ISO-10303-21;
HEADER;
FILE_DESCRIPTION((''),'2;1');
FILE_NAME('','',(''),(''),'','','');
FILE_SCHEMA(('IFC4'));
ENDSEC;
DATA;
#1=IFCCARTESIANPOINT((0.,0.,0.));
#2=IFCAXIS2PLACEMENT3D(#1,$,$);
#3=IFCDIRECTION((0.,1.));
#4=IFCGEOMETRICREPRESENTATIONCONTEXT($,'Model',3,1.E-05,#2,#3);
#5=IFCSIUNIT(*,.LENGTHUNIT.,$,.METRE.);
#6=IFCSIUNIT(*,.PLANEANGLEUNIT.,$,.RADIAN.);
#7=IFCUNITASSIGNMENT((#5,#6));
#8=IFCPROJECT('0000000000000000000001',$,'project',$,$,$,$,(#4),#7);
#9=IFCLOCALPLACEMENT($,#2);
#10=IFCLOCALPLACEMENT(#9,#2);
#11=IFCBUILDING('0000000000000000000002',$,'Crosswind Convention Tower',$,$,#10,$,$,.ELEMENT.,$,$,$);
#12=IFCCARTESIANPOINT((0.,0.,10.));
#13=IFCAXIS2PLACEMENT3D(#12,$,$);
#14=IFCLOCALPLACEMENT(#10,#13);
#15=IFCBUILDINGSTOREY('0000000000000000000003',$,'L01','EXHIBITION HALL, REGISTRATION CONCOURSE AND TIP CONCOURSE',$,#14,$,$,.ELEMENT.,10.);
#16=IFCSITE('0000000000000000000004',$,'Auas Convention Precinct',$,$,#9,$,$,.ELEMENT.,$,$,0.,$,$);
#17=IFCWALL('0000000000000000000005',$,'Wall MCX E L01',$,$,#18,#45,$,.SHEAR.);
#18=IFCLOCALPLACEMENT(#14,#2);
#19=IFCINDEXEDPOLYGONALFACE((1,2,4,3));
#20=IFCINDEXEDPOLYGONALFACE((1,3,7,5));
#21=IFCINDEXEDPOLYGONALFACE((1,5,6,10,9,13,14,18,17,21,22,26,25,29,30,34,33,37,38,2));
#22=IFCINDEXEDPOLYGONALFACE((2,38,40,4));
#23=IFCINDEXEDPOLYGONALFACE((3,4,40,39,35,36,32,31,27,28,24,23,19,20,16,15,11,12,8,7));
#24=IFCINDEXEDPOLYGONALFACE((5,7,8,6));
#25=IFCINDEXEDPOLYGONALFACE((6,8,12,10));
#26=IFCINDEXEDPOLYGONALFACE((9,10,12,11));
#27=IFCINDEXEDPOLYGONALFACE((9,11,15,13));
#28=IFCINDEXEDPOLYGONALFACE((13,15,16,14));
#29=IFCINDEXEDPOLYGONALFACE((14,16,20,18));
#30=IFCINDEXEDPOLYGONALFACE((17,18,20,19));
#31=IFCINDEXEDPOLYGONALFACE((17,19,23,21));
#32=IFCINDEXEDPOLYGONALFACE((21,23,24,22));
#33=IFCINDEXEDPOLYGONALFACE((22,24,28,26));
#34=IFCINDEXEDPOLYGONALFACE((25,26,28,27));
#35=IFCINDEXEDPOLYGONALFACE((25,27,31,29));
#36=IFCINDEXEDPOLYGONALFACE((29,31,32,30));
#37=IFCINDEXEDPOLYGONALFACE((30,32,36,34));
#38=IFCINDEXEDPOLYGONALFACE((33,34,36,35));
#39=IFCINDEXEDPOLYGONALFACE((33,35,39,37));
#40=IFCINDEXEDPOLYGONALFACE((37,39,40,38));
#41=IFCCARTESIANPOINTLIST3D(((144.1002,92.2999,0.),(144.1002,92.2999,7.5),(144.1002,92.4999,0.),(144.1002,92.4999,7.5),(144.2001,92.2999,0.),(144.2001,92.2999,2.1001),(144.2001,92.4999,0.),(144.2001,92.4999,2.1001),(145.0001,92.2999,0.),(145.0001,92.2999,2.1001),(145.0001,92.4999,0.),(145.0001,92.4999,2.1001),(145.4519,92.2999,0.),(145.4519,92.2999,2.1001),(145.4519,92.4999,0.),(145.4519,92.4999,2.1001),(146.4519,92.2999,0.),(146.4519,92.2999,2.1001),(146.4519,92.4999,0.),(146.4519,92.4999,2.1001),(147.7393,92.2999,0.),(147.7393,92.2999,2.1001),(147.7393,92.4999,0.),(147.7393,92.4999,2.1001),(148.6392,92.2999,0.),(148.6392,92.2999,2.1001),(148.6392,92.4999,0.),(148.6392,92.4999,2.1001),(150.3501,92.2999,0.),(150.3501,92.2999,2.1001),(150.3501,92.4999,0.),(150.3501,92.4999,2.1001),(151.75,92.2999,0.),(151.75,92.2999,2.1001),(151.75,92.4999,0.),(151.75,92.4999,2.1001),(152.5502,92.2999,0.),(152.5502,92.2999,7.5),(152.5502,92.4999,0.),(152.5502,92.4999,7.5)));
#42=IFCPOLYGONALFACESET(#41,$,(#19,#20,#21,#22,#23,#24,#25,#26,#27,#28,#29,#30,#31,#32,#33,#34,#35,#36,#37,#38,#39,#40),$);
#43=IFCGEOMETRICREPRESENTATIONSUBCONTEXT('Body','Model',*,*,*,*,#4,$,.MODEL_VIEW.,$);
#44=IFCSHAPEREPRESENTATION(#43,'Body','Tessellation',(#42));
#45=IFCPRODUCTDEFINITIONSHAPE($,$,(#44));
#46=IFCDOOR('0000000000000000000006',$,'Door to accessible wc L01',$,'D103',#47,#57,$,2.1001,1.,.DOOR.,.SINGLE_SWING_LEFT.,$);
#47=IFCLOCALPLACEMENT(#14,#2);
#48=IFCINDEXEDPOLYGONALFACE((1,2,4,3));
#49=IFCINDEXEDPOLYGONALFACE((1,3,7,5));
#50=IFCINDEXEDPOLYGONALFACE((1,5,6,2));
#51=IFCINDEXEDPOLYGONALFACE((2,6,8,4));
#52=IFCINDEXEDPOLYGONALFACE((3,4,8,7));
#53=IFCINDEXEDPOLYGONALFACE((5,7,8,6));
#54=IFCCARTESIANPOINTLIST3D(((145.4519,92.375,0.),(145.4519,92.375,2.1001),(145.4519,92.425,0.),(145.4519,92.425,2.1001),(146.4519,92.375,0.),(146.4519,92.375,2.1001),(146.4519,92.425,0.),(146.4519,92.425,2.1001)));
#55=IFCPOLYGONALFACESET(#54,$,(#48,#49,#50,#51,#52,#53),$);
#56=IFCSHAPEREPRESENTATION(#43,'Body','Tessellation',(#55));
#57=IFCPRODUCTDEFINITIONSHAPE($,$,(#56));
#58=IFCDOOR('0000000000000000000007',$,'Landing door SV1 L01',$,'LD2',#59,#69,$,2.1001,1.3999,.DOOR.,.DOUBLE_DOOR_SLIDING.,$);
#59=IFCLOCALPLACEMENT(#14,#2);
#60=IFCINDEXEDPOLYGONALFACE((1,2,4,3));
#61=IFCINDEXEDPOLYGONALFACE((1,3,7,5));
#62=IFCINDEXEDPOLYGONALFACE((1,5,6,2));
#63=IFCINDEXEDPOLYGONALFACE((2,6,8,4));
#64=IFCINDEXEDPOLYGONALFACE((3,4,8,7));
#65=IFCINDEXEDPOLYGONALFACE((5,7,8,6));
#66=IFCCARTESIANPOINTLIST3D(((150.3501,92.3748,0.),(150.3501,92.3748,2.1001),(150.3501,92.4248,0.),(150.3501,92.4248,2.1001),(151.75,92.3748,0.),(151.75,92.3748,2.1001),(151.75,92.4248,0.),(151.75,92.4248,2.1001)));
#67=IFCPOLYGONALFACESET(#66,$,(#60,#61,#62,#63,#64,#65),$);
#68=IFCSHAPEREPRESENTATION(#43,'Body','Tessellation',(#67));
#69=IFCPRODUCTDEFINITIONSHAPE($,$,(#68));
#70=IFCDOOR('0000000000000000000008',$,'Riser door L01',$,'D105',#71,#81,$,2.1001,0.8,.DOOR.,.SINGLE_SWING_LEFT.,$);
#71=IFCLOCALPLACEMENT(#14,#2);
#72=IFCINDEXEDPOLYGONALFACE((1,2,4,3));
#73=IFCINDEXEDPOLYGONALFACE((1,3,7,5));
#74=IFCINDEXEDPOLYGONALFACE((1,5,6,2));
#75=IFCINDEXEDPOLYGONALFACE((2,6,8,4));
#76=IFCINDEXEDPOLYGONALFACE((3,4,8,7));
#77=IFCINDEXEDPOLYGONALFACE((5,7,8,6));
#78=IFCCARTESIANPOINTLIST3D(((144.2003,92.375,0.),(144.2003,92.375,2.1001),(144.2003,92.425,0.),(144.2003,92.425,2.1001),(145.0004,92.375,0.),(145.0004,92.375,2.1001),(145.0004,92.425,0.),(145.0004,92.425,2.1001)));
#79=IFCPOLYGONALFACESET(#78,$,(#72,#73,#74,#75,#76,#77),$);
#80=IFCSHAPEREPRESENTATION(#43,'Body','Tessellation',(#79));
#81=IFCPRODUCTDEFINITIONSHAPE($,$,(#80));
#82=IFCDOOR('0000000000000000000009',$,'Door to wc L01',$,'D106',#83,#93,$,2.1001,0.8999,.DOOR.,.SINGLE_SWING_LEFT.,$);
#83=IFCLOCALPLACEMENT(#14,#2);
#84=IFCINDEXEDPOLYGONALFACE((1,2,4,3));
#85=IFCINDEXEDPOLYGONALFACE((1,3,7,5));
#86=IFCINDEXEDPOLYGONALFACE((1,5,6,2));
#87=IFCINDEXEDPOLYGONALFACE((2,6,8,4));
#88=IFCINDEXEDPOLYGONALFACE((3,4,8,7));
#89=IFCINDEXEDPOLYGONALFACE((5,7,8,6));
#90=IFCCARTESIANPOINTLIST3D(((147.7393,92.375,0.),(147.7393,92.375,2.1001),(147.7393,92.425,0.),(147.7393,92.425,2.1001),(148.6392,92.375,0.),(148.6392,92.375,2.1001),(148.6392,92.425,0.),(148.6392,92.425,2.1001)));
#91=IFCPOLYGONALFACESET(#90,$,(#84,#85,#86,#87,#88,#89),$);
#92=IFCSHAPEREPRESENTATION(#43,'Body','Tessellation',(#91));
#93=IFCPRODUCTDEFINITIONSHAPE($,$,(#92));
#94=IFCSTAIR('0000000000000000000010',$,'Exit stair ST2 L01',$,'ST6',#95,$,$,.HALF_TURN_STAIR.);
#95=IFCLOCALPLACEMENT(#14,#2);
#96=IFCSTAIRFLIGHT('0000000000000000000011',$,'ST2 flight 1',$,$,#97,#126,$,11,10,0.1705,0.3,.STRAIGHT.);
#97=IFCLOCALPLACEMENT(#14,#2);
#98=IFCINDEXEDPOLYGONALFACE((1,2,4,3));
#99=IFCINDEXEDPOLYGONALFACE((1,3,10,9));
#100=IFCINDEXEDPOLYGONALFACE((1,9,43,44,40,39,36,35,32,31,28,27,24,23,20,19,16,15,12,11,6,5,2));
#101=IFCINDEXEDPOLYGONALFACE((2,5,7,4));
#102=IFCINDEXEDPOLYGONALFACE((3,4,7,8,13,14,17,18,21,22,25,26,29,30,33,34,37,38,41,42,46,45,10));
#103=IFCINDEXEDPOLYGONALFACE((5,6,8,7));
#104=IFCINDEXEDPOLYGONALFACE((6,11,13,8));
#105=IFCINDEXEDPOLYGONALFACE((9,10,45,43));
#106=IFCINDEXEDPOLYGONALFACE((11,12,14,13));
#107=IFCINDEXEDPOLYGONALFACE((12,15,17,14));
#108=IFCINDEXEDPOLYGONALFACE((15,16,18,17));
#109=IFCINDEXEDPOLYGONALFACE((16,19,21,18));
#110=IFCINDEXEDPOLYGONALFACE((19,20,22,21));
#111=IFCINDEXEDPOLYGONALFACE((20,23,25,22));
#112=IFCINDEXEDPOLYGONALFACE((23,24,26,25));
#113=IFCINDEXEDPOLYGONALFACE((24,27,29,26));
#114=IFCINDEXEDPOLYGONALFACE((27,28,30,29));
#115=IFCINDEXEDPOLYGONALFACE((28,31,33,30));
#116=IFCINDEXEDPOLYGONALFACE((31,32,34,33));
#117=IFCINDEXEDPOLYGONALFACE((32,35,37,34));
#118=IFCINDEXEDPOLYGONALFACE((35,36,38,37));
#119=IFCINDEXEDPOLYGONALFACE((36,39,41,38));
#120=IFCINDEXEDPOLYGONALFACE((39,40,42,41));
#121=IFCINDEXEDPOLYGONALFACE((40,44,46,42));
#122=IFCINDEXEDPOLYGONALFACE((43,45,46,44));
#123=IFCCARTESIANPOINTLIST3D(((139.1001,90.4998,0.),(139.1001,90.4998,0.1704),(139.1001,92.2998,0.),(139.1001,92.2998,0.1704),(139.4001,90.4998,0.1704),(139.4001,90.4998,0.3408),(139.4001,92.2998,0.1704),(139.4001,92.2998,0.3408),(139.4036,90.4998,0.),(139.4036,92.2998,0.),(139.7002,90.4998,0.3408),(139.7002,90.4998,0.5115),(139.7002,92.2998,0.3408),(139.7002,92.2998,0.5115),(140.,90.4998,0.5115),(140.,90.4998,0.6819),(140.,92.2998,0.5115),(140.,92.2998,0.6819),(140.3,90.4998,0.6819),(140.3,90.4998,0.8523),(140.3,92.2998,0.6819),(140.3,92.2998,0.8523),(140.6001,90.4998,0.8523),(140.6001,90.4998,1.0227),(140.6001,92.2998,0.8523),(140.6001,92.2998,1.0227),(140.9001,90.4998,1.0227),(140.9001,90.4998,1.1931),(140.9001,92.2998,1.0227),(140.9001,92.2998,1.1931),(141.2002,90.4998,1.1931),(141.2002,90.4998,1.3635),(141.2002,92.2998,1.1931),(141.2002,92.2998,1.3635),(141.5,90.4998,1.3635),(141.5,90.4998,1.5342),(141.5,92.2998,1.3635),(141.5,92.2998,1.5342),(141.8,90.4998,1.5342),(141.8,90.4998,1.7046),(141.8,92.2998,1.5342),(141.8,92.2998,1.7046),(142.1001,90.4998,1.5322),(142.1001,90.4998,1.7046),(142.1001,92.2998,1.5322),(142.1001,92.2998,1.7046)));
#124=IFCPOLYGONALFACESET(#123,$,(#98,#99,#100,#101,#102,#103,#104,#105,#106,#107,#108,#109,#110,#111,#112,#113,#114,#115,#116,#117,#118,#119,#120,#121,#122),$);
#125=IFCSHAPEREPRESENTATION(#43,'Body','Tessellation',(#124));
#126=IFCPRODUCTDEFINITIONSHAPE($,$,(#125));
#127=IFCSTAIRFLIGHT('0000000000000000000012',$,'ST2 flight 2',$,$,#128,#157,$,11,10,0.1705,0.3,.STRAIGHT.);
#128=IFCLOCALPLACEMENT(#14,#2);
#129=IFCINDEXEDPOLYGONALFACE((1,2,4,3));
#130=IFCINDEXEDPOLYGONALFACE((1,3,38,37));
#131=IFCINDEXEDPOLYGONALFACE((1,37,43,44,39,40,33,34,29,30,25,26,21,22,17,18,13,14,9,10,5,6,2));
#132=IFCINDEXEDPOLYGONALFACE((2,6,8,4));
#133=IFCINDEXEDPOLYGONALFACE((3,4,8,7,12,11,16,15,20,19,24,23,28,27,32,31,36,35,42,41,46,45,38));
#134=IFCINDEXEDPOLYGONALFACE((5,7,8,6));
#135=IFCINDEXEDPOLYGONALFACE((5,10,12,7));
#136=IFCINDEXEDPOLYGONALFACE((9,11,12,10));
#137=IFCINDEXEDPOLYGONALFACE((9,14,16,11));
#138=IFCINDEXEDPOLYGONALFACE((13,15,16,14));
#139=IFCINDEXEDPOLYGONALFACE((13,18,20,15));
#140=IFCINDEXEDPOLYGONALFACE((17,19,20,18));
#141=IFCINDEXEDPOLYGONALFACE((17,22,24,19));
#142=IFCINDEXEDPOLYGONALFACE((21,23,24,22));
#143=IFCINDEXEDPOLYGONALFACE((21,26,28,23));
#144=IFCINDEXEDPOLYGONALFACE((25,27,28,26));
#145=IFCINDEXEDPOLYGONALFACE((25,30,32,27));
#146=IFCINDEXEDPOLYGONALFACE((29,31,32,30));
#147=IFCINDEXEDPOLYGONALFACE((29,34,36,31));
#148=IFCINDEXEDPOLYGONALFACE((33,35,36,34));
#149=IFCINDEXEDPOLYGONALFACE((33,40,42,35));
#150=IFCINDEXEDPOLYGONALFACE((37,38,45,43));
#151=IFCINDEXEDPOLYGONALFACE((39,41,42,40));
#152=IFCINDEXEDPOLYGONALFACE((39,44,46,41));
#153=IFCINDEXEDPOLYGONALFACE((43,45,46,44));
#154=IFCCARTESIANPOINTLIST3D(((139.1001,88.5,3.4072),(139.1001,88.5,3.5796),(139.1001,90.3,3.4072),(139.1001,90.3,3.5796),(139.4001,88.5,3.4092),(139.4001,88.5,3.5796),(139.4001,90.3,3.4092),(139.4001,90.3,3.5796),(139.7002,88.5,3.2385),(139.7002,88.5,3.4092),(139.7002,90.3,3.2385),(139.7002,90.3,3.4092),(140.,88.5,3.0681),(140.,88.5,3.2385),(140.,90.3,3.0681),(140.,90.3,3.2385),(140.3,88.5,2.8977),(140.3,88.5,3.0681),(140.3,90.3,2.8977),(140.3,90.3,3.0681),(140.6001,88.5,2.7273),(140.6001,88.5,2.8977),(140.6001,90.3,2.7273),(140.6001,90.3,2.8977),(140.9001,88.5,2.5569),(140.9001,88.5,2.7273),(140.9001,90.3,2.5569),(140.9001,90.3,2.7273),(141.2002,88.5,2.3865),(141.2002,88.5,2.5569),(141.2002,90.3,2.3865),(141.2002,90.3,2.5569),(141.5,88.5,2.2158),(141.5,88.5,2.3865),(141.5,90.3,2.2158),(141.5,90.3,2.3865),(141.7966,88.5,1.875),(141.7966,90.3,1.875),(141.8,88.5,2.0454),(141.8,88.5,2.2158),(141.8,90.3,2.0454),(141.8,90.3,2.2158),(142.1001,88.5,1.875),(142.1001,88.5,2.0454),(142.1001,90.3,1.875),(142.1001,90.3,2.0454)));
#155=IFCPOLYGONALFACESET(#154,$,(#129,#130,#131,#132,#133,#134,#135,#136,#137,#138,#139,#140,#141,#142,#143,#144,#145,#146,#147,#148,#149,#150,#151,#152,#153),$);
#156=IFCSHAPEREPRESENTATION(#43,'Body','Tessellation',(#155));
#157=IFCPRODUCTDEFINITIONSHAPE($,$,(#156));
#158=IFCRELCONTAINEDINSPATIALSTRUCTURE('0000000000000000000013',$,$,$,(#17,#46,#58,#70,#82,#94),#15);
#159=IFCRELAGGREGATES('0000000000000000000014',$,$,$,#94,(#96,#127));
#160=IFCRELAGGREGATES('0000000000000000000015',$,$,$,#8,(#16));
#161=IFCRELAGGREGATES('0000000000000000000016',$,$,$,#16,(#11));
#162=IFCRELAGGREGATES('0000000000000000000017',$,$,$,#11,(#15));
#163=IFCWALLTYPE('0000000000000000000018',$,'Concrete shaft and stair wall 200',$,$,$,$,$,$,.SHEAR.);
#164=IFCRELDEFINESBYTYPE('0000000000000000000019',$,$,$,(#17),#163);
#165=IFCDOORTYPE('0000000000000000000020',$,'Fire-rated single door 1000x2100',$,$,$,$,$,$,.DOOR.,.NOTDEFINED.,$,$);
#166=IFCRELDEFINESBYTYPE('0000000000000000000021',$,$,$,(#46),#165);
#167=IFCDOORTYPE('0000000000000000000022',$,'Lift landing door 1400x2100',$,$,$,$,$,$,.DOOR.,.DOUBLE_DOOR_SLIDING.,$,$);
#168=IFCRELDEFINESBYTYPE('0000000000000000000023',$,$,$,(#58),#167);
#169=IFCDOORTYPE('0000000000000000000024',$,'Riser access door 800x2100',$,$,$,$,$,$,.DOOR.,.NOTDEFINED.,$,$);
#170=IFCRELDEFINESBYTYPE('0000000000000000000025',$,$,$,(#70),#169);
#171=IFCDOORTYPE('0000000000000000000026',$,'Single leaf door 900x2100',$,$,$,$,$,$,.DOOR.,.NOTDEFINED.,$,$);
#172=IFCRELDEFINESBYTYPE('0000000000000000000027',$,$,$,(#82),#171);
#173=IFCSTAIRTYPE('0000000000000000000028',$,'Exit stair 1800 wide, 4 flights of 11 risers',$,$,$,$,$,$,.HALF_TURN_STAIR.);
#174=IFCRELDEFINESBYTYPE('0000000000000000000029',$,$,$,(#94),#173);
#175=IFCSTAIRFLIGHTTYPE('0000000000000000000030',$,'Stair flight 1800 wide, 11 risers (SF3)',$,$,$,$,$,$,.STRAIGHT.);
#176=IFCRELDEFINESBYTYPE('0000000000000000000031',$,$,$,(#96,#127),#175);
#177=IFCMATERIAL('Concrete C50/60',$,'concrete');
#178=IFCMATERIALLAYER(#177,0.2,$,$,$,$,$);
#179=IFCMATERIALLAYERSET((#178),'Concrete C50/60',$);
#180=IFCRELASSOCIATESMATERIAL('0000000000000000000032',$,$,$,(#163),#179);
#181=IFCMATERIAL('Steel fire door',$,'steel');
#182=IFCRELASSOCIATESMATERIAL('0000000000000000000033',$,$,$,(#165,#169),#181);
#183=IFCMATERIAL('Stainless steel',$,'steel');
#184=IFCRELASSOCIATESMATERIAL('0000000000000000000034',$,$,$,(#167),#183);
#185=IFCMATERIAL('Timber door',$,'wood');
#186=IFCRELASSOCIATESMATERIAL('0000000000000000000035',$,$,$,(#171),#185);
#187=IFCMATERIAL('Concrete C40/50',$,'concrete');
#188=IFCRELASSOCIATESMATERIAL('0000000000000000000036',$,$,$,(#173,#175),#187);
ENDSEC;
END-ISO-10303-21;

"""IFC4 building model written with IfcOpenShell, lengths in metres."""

from ifc_helpers import new_model, si_unit, direction, frame, frame_2d, origin, place, context, subcontext, project, spatial, polyline, rectangle, outline, extrude, material, layer, layer_set, type_object, element, fill, aggregate, save


model = new_model("IFC4")

# Units and contexts
model_context = context("Model", 3, precision=1e-05, world=origin(), true_north=direction((0.0, 1.0)))
body_context = subcontext(model_context, "Body", "Model", "MODEL_VIEW")
ifc_project = project(units=[si_unit("LENGTHUNIT", "METRE"), si_unit("PLANEANGLEUNIT", "RADIAN")], contexts=[model_context])

# Site, building, storey
site_placement = place(None, origin())
site = spatial("IfcSite", under=ifc_project, at=site_placement, Name="Auas Convention Precinct", CompositionType="ELEMENT", RefElevation=0.0)
building_placement = place(site_placement, origin())
building = spatial("IfcBuilding", under=site, at=building_placement, Name="Crosswind Convention Tower", CompositionType="ELEMENT")
storey_placement = place(building_placement, frame((0.0, 0.0, 10.0)))
storey = spatial("IfcBuildingStorey", under=building, at=storey_placement, Name="L01", Description="EXHIBITION HALL, REGISTRATION CONCOURSE AND TIP CONCOURSE", CompositionType="ELEMENT", Elevation=10.0)

# Shared definitions
ifc_material_1 = material(Name="Concrete C50/60", Category="concrete")
ifc_layer = layer(ifc_material_1, 0.2)
ifc_layer_set = layer_set([ifc_layer], Name="Concrete C50/60")
wall_type = type_object("IfcWallType", Name="Concrete shaft and stair wall 200", PredefinedType="SHEAR", material=ifc_layer_set)

# Wall, openings, doors
ifc_material_2 = material(Name="Stainless steel", Category="steel")
wall_1_placement = place(storey_placement, frame((144.1001, 92.3999, 0.0), z_axis=(0.0, 0.0, 1.0), x_axis=(1.0, 0.0, 0.0)))
wall_1 = element("IfcWall", 1, at=wall_1_placement, inside=storey, type_object=wall_type, Name="Wall MCX E L01", PredefinedType="SHEAR", context=body_context, shape_type="SweptSolid", body=[
    extrude(rectangle(XDim=8.45, YDim=0.2, at=frame_2d((4.2251, 0.0))), origin(), (0.0, 0.0, 1.0), 7.5),
])
opening_1_placement = place(wall_1_placement, frame((0.1001, 0.0, 0.0)))
opening_1 = element("IfcOpeningElement", 2, at=opening_1_placement, cuts=wall_1, PredefinedType="OPENING", context=body_context, shape_type="SweptSolid", body=[
    extrude(rectangle(XDim=0.8, YDim=2.1001, at=frame_2d((0.3999, 1.05))), frame((0.0, 0.1099, 0.0), z_axis=(0.0, -1.0, 0.0), x_axis=(1.0, 0.0, 0.0)), (0.0, 0.0, 1.0), 0.22),
])
opening_2_placement = place(wall_1_placement, frame((1.3518, 0.0, 0.0)))
opening_2 = element("IfcOpeningElement", 3, at=opening_2_placement, cuts=wall_1, PredefinedType="OPENING", context=body_context, shape_type="SweptSolid", body=[
    extrude(rectangle(XDim=1.0, YDim=2.1001, at=frame_2d((0.5, 1.05))), frame((0.0, 0.1099, 0.0), z_axis=(0.0, -1.0, 0.0), x_axis=(1.0, 0.0, 0.0)), (0.0, 0.0, 1.0), 0.22),
])
opening_3_placement = place(wall_1_placement, frame((3.6392, 0.0, 0.0)))
opening_3 = element("IfcOpeningElement", 4, at=opening_3_placement, cuts=wall_1, PredefinedType="OPENING", context=body_context, shape_type="SweptSolid", body=[
    extrude(rectangle(XDim=0.8999, YDim=2.1001, at=frame_2d((0.45, 1.05))), frame((0.0, 0.1099, 0.0), z_axis=(0.0, -1.0, 0.0), x_axis=(1.0, 0.0, 0.0)), (0.0, 0.0, 1.0), 0.22),
])
opening_4_placement = place(wall_1_placement, frame((6.25, 0.0, 0.0)))
opening_4 = element("IfcOpeningElement", 5, at=opening_4_placement, cuts=wall_1, PredefinedType="OPENING", context=body_context, shape_type="SweptSolid", body=[
    extrude(rectangle(XDim=1.3999, YDim=2.1001, at=frame_2d((0.7, 1.05))), frame((0.0, 0.1099, 0.0), z_axis=(0.0, -1.0, 0.0), x_axis=(1.0, 0.0, 0.0)), (0.0, 0.0, 1.0), 0.22),
])
ifc_material_3 = material(Name="Steel fire door", Category="steel")
door_type_1 = type_object("IfcDoorType", Name="Fire-rated single door 1000x2100", OperationType="NOTDEFINED", PredefinedType="DOOR", material=ifc_material_3)
door_1_placement = place(opening_2_placement, frame((1.0, 0.0, 0.0), z_axis=(0.0, 0.0, 1.0), x_axis=(-1.0, 0.0, 0.0)))
door_1 = element("IfcDoor", 6, at=door_1_placement, inside=storey, type_object=door_type_1, Name="Door to accessible wc L01", ObjectType="D103", OperationType="SINGLE_SWING_LEFT", OverallHeight=2.1001, OverallWidth=1.0, PredefinedType="DOOR", context=body_context, shape_type="SweptSolid", body=[
    extrude(rectangle(XDim=1.0, YDim=2.1001, at=frame_2d((0.5, 1.05))), frame((0.0, 0.0249, 0.0), z_axis=(0.0, -1.0, 0.0), x_axis=(1.0, 0.0, 0.0)), (0.0, 0.0, 1.0), 0.05),
])
fill(opening_2, door_1)
door_type_2 = type_object("IfcDoorType", Name="Lift landing door 1400x2100", OperationType="DOUBLE_DOOR_SLIDING", PredefinedType="DOOR", material=ifc_material_2)
door_2_placement = place(opening_4_placement, origin())
door_2 = element("IfcDoor", 7, at=door_2_placement, inside=storey, type_object=door_type_2, Name="Landing door SV1 L01", ObjectType="LD2", OperationType="DOUBLE_DOOR_SLIDING", OverallHeight=2.1001, OverallWidth=1.3999, PredefinedType="DOOR", context=body_context, shape_type="SweptSolid", body=[
    extrude(rectangle(XDim=1.3999, YDim=2.1001, at=frame_2d((0.7, 1.05))), frame((0.0, 0.0249, 0.0), z_axis=(0.0, -1.0, 0.0), x_axis=(1.0, 0.0, 0.0)), (0.0, 0.0, 1.0), 0.05),
])
fill(opening_4, door_2)
door_type_3 = type_object("IfcDoorType", Name="Riser access door 800x2100", OperationType="NOTDEFINED", PredefinedType="DOOR", material=ifc_material_3)
door_3_placement = place(opening_1_placement, frame((0.8, 0.0, 0.0), z_axis=(0.0, 0.0, 1.0), x_axis=(-1.0, 0.0, 0.0)))
door_3 = element("IfcDoor", 8, at=door_3_placement, inside=storey, type_object=door_type_3, Name="Riser door L01", ObjectType="D105", OperationType="SINGLE_SWING_LEFT", OverallHeight=2.1001, OverallWidth=0.8, PredefinedType="DOOR", context=body_context, shape_type="SweptSolid", body=[
    extrude(rectangle(XDim=0.8, YDim=2.1001, at=frame_2d((0.3999, 1.05))), frame((0.0, 0.0249, 0.0), z_axis=(0.0, -1.0, 0.0), x_axis=(1.0, 0.0, 0.0)), (0.0, 0.0, 1.0), 0.05),
])
fill(opening_1, door_3)
ifc_material_4 = material(Name="Timber door", Category="wood")
door_type_4 = type_object("IfcDoorType", Name="Single leaf door 900x2100", OperationType="NOTDEFINED", PredefinedType="DOOR", material=ifc_material_4)
door_4_placement = place(opening_3_placement, frame((0.8999, 0.0, 0.0), z_axis=(0.0, 0.0, 1.0), x_axis=(-1.0, 0.0, 0.0)))
door_4 = element("IfcDoor", 9, at=door_4_placement, inside=storey, type_object=door_type_4, Name="Door to wc L01", ObjectType="D106", OperationType="SINGLE_SWING_LEFT", OverallHeight=2.1001, OverallWidth=0.8999, PredefinedType="DOOR", context=body_context, shape_type="SweptSolid", body=[
    extrude(rectangle(XDim=0.8999, YDim=2.1001, at=frame_2d((0.45, 1.05))), frame((0.0, 0.0249, 0.0), z_axis=(0.0, -1.0, 0.0), x_axis=(1.0, 0.0, 0.0)), (0.0, 0.0, 1.0), 0.05),
])
fill(opening_3, door_4)

# Stair, stair flights
ifc_material_5 = material(Name="Concrete C40/50", Category="concrete")
stair_type = type_object("IfcStairType", Name="Exit stair 1800 wide, 4 flights of 11 risers", PredefinedType="HALF_TURN_STAIR", material=ifc_material_5)
stair_placement = place(storey_placement, origin())
stair = element("IfcStair", 10, at=stair_placement, inside=storey, type_object=stair_type, Name="Exit stair ST2 L01", ObjectType="ST6", PredefinedType="HALF_TURN_STAIR")
stair_flight_type = type_object("IfcStairFlightType", Name="Stair flight 1800 wide, 11 risers (SF3)", PredefinedType="STRAIGHT", material=ifc_material_5)
stair_flight_1_placement = place(storey_placement, frame((139.1001, 91.3999, 0.0), z_axis=(0.0, 0.0, 1.0), x_axis=(1.0, 0.0, 0.0)))
stair_flight_1 = element("IfcStairFlight", 11, at=stair_flight_1_placement, type_object=stair_flight_type, Name="ST2 flight 1", NumberOfRisers=11, NumberOfTreads=10, PredefinedType="STRAIGHT", RiserHeight=0.1705, TreadLength=0.3, context=body_context, shape_type="SweptSolid", body=[
    extrude(outline(polyline([(0.0, 0.0), (0.0, 0.1704), (0.3, 0.1704), (0.3, 0.3408), (0.6001, 0.3408), (0.6001, 0.5115), (0.8999, 0.5115), (0.8999, 0.6819), (1.2, 0.6819), (1.2, 0.8523), (1.5, 0.8523), (1.5, 1.0227), (1.8, 1.0227), (1.8, 1.1931), (2.1001, 1.1931), (2.1001, 1.3635), (2.3999, 1.3635), (2.3999, 1.5342), (2.7, 1.5342), (2.7, 1.7046), (3.0, 1.7046), (3.0, 1.875), (3.0, 1.5322), (0.3035, 0.0), (0.0, 0.0)])), frame((0.0, 0.8999, 0.0), z_axis=(0.0, -1.0, 0.0), x_axis=(1.0, 0.0, 0.0)), (0.0, 0.0, 1.0), 1.8),
])
stair_flight_2_placement = place(storey_placement, frame((142.1001, 89.3999, 1.875), z_axis=(0.0, 0.0, 1.0), x_axis=(-1.0, 0.0, 0.0)))
stair_flight_2 = element("IfcStairFlight", 12, at=stair_flight_2_placement, type_object=stair_flight_type, Name="ST2 flight 2", NumberOfRisers=11, NumberOfTreads=10, PredefinedType="STRAIGHT", RiserHeight=0.1705, TreadLength=0.3, context=body_context, shape_type="SweptSolid", body=[
    extrude(outline(polyline([(0.0, 0.0), (0.0, 0.1704), (0.3, 0.1704), (0.3, 0.3408), (0.6001, 0.3408), (0.6001, 0.5115), (0.8999, 0.5115), (0.8999, 0.6819), (1.2, 0.6819), (1.2, 0.8523), (1.5, 0.8523), (1.5, 1.0227), (1.8, 1.0227), (1.8, 1.1931), (2.1001, 1.1931), (2.1001, 1.3635), (2.3999, 1.3635), (2.3999, 1.5342), (2.7, 1.5342), (2.7, 1.7046), (3.0, 1.7046), (3.0, 1.875), (3.0, 1.5322), (0.3035, 0.0), (0.0, 0.0)])), frame((0.0, 0.8999, 0.0), z_axis=(0.0, -1.0, 0.0), x_axis=(1.0, 0.0, 0.0)), (0.0, 0.0, 1.0), 1.8),
])
aggregate(stair, [stair_flight_1, stair_flight_2])

save(model, "model.ifc")
